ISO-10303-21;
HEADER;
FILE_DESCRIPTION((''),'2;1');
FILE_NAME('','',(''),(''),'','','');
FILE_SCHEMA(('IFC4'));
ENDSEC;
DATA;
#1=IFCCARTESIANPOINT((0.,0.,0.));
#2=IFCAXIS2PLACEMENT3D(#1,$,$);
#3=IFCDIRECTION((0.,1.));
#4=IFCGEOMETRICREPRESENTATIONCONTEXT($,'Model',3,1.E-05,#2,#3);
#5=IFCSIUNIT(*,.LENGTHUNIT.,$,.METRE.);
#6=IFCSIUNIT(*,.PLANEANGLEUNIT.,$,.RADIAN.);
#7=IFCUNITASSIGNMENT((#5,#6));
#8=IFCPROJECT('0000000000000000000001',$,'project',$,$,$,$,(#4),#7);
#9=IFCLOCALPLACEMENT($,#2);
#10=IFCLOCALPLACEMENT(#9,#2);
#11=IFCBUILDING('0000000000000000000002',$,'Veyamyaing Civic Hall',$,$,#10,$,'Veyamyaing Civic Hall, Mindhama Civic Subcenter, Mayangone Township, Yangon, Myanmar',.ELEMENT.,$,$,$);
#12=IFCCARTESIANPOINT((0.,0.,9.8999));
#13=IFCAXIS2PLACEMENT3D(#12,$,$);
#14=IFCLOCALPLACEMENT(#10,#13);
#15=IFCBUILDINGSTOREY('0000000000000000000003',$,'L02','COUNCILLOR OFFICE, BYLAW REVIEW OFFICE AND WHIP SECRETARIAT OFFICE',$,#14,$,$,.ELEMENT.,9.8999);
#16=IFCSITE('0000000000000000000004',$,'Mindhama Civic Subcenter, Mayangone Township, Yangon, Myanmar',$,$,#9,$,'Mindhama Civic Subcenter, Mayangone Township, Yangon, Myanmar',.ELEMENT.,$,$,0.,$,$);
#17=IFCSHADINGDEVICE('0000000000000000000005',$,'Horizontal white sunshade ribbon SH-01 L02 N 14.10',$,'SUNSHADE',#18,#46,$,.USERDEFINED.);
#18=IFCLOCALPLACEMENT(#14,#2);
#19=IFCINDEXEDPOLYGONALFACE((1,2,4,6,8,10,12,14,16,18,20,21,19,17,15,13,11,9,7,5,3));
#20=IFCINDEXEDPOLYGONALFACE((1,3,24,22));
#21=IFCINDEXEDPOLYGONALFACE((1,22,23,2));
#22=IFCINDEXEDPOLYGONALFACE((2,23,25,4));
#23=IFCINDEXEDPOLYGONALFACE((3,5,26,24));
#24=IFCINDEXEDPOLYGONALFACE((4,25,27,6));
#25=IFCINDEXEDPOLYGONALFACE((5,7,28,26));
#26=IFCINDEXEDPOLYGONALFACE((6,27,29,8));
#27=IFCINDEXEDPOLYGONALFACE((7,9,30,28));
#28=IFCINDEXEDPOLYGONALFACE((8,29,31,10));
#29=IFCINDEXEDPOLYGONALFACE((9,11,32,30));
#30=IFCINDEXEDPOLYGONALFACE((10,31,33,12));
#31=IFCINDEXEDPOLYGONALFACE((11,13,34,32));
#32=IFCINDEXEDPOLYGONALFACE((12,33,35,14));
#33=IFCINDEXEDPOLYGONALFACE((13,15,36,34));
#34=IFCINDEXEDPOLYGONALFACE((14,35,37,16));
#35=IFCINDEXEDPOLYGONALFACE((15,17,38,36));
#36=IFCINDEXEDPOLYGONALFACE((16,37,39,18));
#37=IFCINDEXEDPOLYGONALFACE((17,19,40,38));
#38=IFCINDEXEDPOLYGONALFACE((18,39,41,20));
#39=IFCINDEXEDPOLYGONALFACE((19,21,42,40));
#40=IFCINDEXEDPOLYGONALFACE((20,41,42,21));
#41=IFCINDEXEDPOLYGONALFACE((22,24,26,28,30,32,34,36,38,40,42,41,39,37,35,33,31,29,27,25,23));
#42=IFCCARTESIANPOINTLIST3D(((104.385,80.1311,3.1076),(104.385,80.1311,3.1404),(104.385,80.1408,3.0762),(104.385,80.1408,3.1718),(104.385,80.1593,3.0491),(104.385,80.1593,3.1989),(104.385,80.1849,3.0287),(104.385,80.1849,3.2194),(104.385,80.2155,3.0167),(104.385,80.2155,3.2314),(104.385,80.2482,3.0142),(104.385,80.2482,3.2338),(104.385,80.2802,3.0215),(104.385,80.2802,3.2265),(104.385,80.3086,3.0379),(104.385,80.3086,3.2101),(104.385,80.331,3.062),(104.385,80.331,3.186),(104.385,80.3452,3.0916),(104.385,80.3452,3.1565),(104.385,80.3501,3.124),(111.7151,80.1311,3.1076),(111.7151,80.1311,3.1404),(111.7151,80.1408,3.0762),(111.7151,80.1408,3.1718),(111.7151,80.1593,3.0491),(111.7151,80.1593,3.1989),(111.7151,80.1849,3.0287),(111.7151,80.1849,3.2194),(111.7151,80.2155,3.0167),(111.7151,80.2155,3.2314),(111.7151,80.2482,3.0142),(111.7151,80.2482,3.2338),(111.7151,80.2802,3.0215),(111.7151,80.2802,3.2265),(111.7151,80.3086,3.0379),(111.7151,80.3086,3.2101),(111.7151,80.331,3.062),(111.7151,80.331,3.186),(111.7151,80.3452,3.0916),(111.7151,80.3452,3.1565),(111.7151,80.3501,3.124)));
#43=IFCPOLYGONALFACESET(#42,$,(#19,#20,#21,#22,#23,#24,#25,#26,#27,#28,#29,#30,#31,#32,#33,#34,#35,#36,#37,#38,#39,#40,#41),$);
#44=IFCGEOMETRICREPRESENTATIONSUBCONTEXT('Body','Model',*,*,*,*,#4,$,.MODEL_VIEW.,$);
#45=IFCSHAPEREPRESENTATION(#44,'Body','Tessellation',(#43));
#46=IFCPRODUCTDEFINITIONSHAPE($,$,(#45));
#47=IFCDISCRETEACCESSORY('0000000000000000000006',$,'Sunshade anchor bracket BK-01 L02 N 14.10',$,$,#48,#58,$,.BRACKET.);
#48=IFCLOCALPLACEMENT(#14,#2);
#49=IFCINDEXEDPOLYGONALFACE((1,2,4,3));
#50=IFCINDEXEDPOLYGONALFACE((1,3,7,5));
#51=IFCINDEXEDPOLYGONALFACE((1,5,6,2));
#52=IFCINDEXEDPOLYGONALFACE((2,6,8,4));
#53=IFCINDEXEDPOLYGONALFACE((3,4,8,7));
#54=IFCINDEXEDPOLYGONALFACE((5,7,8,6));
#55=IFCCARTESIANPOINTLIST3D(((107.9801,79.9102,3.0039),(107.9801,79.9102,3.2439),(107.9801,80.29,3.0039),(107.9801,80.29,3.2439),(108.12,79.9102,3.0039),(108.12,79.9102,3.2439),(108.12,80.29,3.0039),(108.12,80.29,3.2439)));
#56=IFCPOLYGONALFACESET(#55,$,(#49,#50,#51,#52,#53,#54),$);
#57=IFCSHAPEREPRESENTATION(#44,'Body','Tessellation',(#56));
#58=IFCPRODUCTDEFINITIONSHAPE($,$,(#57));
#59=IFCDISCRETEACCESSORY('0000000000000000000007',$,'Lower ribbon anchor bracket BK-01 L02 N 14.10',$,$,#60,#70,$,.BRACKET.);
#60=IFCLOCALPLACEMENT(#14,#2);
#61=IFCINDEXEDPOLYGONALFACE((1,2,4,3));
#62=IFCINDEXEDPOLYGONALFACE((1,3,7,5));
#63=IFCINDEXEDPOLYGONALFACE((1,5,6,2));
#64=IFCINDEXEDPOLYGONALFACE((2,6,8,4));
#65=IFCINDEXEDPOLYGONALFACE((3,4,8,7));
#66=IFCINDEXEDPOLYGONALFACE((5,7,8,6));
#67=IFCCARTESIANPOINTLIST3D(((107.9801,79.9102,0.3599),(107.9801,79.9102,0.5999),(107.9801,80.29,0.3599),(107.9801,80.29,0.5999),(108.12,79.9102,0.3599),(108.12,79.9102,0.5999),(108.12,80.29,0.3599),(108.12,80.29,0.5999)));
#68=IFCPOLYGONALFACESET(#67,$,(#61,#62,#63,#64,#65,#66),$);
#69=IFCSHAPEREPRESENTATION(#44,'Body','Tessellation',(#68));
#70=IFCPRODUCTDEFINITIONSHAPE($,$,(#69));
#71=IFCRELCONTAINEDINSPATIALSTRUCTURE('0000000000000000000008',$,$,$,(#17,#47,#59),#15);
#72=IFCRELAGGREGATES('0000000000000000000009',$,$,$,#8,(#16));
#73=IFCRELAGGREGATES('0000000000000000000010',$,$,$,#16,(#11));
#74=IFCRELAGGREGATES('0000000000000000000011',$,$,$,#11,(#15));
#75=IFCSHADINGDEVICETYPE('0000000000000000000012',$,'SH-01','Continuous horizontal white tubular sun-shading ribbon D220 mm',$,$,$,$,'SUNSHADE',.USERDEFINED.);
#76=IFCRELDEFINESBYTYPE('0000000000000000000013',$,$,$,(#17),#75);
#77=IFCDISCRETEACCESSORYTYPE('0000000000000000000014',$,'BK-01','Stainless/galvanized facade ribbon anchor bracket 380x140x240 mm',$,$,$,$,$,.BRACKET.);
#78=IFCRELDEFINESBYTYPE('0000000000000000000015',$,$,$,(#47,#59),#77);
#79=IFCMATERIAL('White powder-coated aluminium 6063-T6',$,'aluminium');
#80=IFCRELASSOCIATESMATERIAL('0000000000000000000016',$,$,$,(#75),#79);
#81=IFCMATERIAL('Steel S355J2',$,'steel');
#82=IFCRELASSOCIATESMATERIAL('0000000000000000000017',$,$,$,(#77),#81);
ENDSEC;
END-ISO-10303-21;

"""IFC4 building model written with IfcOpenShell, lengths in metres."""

from ifc_helpers import new_model, si_unit, direction, frame, origin, origin_2d, place, context, subcontext, project, spatial, rectangle, circle, extrude, material, material_profile, profile_set, type_object, element, save


model = new_model("IFC4")

# Units and contexts
model_context = context("Model", 3, precision=1e-05, world=origin(), true_north=direction((0.0, 1.0)))
body_context = subcontext(model_context, "Body", "Model", "MODEL_VIEW")
ifc_project = project(units=[si_unit("LENGTHUNIT", "METRE"), si_unit("PLANEANGLEUNIT", "RADIAN")], contexts=[model_context])

# Site, building, storey
site_placement = place(None, origin())
site = spatial("IfcSite", under=ifc_project, at=site_placement, Name="Mindhama Civic Subcenter, Mayangone Township, Yangon, Myanmar", LongName="Mindhama Civic Subcenter, Mayangone Township, Yangon, Myanmar", CompositionType="ELEMENT", RefElevation=0.0)
building_placement = place(site_placement, origin())
building = spatial("IfcBuilding", under=site, at=building_placement, Name="Veyamyaing Civic Hall", LongName="Veyamyaing Civic Hall, Mindhama Civic Subcenter, Mayangone Township, Yangon, Myanmar", CompositionType="ELEMENT")
storey_placement = place(building_placement, frame((0.0, 0.0, 9.8999)))
storey = spatial("IfcBuildingStorey", under=building, at=storey_placement, Name="L02", Description="COUNCILLOR OFFICE, BYLAW REVIEW OFFICE AND WHIP SECRETARIAT OFFICE", CompositionType="ELEMENT", Elevation=9.8999)

# Shared definitions
ifc_material_1 = material(Name="White powder-coated aluminium 6063-T6", Category="aluminium")

# Shading device
ifc_material_profile_1 = material_profile(ifc_material_1, circle(Radius=0.1101, at=origin_2d()), Name="SHADE-TUBE-220")
ifc_profile_set_1 = profile_set([ifc_material_profile_1], Name="White powder-coated aluminium 6063-T6")
shading_device_type = type_object("IfcShadingDeviceType", Name="SH-01", Description="Continuous horizontal white tubular sun-shading ribbon D220 mm", ElementType="SUNSHADE", PredefinedType="USERDEFINED", material=ifc_profile_set_1)
shading_device_placement = place(storey_placement, frame((104.385, 80.24, 3.124), z_axis=(1.0, 0.0, 0.0), x_axis=(0.0, 1.0, 0.0)))
element("IfcShadingDevice", 1, at=shading_device_placement, inside=storey, type_object=shading_device_type, Name="Horizontal white sunshade ribbon SH-01 L02 N 14.10", ObjectType="SUNSHADE", PredefinedType="USERDEFINED", context=body_context, shape_type="SweptSolid", body=[
    extrude(circle(Radius=0.1101, at=origin_2d()), origin(), (0.0, 0.0, 1.0), 7.3301),
])

# Discrete accessories
ifc_material_2 = material(Name="Steel S355J2", Category="steel")
discrete_accessory_type = type_object("IfcDiscreteAccessoryType", Name="BK-01", Description="Stainless/galvanized facade ribbon anchor bracket 380x140x240 mm", PredefinedType="BRACKET", material=ifc_material_2)
for number, where, z_axis, x_axis, name in (
    (2, (108.05, 80.1001, 3.0039), (0.0, 0.0, 1.0), (0.0, 1.0, 0.0), "Sunshade anchor bracket BK-01 L02 N 14.10"),
    (3, (108.05, 80.1001, 0.3599), (0.0, 0.0, 1.0), (0.0, 1.0, 0.0), "Lower ribbon anchor bracket BK-01 L02 N 14.10"),
):
    element("IfcDiscreteAccessory", number, at=place(storey_placement, frame(where, z_axis=z_axis, x_axis=x_axis)), inside=storey, type_object=discrete_accessory_type, Name=name, PredefinedType="BRACKET", context=body_context, shape_type="SweptSolid", body=[
        extrude(rectangle(XDim=0.3799, YDim=0.1399, at=origin_2d()), origin(), (0.0, 0.0, 1.0), 0.24),
    ])

save(model, "model.ifc")
